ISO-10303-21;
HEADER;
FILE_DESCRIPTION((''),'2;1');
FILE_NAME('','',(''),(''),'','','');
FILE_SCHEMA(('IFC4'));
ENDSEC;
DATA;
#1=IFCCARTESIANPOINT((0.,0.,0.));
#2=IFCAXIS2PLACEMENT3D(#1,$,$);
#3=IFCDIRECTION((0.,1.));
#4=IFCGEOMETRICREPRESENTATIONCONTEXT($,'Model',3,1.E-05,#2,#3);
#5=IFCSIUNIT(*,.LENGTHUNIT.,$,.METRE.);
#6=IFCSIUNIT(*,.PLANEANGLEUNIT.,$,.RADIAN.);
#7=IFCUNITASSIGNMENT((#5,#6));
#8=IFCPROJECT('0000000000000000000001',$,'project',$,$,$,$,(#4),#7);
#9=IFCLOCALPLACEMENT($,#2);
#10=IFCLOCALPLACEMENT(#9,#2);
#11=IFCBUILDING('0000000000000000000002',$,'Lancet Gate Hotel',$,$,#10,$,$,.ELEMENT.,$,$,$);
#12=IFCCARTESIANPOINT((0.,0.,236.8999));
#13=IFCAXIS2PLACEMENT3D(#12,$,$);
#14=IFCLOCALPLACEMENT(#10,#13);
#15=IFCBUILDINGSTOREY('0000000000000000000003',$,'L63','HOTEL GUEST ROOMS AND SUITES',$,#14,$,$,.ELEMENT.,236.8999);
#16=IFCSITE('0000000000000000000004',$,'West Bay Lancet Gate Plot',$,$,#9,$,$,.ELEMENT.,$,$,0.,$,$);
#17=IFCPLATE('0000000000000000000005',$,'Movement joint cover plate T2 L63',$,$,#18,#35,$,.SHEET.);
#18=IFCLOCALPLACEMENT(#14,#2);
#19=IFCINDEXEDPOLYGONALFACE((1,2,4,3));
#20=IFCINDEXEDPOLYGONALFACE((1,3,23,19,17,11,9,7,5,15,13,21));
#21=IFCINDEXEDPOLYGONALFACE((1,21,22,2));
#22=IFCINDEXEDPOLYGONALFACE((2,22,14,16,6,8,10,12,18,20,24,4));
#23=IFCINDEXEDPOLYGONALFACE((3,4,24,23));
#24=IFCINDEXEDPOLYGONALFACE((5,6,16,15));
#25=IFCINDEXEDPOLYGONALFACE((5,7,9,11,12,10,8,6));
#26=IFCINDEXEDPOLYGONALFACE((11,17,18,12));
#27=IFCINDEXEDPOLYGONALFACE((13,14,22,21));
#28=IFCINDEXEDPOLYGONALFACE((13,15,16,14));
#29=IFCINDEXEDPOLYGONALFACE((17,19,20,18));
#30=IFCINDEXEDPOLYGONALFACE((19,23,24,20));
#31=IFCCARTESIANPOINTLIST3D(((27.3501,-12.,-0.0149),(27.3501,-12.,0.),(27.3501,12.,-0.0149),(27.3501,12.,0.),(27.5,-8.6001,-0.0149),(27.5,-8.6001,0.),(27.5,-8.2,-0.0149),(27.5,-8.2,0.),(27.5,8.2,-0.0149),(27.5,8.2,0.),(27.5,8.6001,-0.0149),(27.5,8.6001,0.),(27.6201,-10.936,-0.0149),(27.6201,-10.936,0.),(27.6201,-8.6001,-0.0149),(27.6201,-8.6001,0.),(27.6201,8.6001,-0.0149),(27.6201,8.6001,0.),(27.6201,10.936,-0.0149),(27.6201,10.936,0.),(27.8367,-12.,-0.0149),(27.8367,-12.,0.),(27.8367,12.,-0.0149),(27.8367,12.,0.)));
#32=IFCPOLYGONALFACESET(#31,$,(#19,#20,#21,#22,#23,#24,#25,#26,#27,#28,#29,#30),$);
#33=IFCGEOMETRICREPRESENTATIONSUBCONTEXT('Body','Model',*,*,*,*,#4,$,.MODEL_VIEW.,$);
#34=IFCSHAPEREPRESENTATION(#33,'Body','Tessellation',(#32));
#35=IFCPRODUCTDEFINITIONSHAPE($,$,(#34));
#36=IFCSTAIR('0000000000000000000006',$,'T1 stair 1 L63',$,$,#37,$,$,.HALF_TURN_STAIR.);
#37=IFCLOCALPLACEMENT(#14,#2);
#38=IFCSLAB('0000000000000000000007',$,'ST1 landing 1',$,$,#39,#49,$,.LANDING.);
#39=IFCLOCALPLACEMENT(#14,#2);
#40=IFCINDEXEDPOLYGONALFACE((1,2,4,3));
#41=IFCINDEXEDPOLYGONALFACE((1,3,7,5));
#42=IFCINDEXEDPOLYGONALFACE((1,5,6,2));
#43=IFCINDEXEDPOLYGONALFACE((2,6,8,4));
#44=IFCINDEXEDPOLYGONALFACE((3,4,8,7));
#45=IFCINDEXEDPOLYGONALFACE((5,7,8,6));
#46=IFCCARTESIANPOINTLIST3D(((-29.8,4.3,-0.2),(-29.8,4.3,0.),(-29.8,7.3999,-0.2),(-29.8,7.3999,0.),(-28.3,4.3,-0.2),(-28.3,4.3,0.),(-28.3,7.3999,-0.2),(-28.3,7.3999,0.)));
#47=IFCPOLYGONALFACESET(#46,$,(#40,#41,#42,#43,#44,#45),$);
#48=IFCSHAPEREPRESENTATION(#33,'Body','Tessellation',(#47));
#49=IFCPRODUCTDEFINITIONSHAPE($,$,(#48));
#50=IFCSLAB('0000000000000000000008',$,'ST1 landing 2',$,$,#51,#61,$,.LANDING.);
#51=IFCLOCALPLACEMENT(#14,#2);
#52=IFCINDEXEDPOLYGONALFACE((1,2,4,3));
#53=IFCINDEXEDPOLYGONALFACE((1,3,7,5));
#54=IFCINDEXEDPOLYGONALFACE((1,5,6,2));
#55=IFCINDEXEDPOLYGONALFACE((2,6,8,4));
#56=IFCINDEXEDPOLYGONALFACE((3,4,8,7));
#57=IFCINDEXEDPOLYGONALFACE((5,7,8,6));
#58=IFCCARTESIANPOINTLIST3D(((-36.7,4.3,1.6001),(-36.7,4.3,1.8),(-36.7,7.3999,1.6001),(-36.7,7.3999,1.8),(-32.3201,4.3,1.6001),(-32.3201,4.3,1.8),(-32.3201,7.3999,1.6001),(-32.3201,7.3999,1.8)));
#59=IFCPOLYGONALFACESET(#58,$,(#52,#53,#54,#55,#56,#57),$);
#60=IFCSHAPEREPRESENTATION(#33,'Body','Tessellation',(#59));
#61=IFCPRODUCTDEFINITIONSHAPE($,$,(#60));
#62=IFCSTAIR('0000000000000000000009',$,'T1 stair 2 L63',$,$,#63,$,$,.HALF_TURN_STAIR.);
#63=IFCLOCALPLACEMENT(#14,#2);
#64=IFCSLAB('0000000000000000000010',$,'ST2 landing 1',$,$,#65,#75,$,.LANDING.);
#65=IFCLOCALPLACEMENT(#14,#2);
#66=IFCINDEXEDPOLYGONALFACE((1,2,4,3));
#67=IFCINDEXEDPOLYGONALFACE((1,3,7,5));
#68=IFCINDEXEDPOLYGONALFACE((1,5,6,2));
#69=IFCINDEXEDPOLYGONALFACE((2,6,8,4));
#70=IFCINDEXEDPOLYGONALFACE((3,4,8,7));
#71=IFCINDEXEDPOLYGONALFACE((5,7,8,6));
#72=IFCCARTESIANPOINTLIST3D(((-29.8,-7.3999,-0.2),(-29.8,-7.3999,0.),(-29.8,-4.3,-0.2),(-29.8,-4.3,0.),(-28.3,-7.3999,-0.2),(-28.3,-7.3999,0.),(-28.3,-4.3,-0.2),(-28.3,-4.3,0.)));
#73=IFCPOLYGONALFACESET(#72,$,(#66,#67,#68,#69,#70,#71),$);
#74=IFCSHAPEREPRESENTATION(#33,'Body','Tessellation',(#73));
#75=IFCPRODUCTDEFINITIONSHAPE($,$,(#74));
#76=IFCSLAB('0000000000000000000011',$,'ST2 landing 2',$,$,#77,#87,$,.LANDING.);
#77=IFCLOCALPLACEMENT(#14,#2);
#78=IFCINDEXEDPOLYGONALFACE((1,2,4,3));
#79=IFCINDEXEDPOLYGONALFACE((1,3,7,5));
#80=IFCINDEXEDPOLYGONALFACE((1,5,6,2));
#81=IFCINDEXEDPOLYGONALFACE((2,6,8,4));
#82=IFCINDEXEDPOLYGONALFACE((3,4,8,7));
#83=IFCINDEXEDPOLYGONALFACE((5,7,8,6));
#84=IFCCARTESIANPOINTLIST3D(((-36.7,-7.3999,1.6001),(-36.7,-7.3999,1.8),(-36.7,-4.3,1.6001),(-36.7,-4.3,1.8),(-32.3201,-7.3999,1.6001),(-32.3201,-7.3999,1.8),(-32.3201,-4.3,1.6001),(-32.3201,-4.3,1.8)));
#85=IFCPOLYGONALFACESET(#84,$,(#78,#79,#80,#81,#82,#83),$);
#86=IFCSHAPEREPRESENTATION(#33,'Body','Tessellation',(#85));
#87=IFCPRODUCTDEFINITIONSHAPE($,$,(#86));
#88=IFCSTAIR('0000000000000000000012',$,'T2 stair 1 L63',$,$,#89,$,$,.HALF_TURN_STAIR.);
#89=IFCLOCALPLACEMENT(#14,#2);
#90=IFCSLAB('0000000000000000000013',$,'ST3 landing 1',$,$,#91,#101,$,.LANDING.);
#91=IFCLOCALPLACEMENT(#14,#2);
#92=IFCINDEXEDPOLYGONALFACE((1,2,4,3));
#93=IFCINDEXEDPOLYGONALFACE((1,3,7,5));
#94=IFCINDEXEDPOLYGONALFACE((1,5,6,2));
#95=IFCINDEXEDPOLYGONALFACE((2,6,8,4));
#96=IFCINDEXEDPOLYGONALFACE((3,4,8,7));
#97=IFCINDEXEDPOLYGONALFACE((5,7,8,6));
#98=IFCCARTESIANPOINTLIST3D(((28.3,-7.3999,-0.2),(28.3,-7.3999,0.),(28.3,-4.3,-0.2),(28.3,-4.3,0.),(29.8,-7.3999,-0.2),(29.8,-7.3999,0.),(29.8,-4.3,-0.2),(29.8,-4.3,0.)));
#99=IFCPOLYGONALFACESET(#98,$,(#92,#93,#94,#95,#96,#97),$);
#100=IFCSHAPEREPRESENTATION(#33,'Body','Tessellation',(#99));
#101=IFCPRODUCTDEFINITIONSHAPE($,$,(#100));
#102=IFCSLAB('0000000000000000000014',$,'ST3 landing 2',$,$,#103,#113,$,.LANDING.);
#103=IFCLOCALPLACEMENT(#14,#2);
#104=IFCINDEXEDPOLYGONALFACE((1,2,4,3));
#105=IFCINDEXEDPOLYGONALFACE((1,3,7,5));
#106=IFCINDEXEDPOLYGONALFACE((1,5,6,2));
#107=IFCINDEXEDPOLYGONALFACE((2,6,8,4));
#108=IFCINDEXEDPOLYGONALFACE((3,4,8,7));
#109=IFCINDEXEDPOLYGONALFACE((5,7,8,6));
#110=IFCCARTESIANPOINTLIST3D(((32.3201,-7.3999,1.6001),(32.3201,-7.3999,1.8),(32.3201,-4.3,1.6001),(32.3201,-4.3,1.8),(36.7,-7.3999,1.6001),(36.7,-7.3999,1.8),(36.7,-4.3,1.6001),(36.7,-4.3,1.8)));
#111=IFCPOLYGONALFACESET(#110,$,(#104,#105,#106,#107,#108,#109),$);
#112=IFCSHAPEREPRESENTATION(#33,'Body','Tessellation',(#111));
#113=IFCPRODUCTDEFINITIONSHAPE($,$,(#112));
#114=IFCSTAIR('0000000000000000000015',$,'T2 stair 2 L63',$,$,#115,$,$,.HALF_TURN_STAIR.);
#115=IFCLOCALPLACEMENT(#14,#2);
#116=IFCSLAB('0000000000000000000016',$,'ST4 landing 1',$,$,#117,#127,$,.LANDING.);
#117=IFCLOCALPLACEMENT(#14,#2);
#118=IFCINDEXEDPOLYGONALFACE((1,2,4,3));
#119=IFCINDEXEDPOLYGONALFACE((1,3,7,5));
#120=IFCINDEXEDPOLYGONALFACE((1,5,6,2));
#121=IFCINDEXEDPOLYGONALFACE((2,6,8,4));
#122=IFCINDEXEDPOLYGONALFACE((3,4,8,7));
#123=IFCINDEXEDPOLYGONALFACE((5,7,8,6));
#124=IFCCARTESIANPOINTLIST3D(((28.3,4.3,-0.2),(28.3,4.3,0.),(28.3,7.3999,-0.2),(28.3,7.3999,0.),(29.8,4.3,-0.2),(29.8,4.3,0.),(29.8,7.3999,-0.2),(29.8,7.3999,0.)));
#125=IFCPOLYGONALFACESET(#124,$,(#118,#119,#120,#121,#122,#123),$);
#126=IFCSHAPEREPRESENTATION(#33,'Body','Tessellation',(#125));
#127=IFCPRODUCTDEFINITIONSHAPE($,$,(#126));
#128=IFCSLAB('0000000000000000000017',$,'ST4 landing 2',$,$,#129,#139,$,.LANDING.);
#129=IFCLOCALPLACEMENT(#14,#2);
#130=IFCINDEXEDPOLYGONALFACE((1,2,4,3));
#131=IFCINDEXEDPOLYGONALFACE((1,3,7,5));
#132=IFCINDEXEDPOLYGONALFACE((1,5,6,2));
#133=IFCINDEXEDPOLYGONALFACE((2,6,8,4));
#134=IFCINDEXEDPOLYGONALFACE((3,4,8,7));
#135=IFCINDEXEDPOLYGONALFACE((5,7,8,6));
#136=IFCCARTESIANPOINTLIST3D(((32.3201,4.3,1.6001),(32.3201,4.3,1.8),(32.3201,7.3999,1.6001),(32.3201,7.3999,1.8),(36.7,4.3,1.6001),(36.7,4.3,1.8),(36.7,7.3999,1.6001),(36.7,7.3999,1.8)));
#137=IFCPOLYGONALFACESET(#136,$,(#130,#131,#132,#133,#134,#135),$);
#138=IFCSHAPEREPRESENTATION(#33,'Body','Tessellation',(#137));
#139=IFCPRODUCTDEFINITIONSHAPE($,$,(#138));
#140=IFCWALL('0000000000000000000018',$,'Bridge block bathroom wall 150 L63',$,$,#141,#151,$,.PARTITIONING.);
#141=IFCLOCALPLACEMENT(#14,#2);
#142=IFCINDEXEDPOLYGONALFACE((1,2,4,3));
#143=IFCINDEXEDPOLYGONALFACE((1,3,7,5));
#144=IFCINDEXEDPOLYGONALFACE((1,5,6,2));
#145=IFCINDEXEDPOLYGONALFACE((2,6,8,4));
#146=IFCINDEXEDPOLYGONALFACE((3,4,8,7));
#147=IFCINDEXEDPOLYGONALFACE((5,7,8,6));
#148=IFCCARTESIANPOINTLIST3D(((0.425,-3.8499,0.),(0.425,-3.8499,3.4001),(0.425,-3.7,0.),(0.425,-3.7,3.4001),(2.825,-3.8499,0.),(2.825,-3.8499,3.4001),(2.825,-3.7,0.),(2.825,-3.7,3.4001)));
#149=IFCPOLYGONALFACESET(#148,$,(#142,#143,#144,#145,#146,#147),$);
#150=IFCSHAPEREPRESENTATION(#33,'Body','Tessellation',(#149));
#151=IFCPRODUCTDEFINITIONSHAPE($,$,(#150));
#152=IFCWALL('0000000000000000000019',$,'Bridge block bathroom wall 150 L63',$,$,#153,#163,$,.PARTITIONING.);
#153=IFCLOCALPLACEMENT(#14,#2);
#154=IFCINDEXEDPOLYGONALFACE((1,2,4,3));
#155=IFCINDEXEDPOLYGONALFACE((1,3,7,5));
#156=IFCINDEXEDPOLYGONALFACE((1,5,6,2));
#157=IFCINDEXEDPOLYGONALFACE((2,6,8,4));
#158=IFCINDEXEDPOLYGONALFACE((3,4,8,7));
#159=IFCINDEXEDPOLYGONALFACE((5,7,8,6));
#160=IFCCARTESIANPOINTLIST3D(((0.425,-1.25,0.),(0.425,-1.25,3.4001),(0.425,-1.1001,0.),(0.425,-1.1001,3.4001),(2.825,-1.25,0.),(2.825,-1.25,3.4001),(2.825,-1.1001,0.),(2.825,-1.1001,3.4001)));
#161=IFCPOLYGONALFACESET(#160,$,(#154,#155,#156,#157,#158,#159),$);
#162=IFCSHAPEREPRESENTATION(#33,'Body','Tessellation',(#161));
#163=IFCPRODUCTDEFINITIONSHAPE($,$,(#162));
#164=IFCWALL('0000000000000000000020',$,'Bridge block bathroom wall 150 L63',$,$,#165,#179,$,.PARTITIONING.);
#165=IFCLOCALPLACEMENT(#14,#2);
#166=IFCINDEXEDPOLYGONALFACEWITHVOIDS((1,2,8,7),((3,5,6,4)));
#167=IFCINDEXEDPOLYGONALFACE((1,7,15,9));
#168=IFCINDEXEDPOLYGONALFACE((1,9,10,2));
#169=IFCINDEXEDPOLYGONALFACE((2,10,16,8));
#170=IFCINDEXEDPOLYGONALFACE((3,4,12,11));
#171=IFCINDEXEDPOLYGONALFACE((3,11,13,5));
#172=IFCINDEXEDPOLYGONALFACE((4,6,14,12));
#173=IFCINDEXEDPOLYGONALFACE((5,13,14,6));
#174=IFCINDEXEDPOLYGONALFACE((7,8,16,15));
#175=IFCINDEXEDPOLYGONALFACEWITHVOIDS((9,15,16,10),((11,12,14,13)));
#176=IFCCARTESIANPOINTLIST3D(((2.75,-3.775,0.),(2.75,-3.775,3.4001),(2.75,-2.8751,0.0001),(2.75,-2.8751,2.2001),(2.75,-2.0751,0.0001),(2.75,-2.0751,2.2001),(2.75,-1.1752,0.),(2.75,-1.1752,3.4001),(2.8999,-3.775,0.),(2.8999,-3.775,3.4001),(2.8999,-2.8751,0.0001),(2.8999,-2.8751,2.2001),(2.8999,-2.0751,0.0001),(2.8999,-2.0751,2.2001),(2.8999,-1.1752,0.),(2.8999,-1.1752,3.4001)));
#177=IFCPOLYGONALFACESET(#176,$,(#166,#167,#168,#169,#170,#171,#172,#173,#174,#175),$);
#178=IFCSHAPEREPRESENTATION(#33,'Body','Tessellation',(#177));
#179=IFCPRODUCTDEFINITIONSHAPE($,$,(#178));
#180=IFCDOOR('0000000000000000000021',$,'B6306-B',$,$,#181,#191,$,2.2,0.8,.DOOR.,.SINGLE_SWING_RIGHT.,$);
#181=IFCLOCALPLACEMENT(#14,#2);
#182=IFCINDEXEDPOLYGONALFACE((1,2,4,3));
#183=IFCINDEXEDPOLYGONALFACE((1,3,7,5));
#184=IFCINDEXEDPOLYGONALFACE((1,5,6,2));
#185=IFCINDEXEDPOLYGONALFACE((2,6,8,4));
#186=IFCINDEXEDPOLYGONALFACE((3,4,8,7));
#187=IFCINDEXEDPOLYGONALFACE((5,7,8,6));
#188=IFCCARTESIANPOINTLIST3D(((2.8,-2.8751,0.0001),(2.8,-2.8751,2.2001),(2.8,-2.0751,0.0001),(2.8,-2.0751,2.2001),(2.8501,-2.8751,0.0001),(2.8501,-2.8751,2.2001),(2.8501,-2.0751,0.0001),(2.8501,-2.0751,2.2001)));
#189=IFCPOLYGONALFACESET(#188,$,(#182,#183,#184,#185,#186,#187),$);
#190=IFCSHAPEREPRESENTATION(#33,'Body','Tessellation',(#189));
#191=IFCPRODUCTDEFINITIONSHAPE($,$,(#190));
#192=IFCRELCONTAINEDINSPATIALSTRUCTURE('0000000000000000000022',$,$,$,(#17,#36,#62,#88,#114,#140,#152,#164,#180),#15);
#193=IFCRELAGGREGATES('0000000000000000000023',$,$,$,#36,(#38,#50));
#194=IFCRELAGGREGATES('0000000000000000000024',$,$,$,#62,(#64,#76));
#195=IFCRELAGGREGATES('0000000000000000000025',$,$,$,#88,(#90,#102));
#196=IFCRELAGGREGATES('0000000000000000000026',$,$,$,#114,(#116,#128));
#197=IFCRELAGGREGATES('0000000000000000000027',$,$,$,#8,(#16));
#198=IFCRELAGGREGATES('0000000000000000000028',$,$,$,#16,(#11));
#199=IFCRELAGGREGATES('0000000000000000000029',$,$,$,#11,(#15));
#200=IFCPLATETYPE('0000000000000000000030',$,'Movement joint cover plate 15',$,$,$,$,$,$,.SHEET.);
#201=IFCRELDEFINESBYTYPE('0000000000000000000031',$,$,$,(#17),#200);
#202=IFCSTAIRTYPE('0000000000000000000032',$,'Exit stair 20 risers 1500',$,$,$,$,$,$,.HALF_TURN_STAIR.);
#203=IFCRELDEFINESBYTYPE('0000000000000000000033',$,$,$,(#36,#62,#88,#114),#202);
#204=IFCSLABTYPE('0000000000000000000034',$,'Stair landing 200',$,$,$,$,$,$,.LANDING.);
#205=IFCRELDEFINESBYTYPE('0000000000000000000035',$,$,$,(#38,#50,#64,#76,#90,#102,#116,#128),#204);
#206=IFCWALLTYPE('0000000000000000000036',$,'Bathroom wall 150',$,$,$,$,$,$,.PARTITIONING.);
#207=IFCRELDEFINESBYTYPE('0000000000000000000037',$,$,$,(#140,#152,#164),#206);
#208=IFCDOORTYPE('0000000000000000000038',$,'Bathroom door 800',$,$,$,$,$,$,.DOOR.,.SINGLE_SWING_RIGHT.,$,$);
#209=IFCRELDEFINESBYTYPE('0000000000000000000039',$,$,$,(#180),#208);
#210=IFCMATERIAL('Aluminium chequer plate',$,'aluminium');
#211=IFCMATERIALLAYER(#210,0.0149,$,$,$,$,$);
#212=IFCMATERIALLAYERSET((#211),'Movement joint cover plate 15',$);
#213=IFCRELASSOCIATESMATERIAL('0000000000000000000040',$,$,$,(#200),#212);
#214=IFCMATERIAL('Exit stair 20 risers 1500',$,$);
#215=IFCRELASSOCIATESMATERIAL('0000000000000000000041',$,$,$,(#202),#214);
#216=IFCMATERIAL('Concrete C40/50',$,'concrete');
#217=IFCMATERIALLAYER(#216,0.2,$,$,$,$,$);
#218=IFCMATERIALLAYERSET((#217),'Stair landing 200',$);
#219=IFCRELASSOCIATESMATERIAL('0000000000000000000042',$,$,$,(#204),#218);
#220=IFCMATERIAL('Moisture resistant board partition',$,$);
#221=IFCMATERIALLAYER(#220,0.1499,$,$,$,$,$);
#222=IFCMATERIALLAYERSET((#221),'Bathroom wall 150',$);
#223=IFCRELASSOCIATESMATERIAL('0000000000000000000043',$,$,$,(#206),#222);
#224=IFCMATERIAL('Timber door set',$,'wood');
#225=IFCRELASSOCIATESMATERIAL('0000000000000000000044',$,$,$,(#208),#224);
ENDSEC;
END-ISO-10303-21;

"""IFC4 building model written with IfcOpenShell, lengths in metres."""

from ifc_helpers import new_model, si_unit, direction, frame, frame_2d, origin, place, context, subcontext, project, spatial, polyline, rectangle, outline, extrude, material, layer, layer_set, type_object, element, fill, aggregate, save


model = new_model("IFC4")

# Units and contexts
model_context = context("Model", 3, precision=1e-05, world=origin(), true_north=direction((0.0, 1.0)))
body_context = subcontext(model_context, "Body", "Model", "MODEL_VIEW")
ifc_project = project(units=[si_unit("LENGTHUNIT", "METRE"), si_unit("PLANEANGLEUNIT", "RADIAN")], contexts=[model_context])

# Site, building, storey
site_placement = place(None, origin())
site = spatial("IfcSite", under=ifc_project, at=site_placement, Name="West Bay Lancet Gate Plot", CompositionType="ELEMENT", RefElevation=0.0)
building_placement = place(site_placement, origin())
building = spatial("IfcBuilding", under=site, at=building_placement, Name="Lancet Gate Hotel", CompositionType="ELEMENT")
storey_placement = place(building_placement, frame((0.0, 0.0, 236.8999)))
storey = spatial("IfcBuildingStorey", under=building, at=storey_placement, Name="L63", Description="HOTEL GUEST ROOMS AND SUITES", CompositionType="ELEMENT", Elevation=236.8999)

# Plate
ifc_material_1 = material(Name="Aluminium chequer plate", Category="aluminium")
ifc_layer_1 = layer(ifc_material_1, 0.0149)
ifc_layer_set_1 = layer_set([ifc_layer_1], Name="Movement joint cover plate 15")
plate_type_1 = type_object("IfcPlateType", Name="Movement joint cover plate 15", PredefinedType="SHEET", material=ifc_layer_set_1)
plate_1_placement = place(storey_placement, frame((0.0, 0.0, -0.0149)))
element("IfcPlate", 1, at=plate_1_placement, inside=storey, type_object=plate_type_1, Name="Movement joint cover plate T2 L63", PredefinedType="SHEET", context=body_context, shape_type="SweptSolid", body=[
    extrude(outline(polyline([(27.3501, -12.0), (27.8367, -12.0), (27.6201, -10.936), (27.6201, -8.6001), (27.5, -8.6001), (27.5, -8.2), (27.5, 8.2), (27.5, 8.6001), (27.6201, 8.6001), (27.6201, 10.936), (27.8367, 12.0), (27.3501, 12.0), (27.3501, -12.0)])), origin(), (0.0, 0.0, 1.0), 0.0149),
])

# Stairs, slabs
ifc_material_2 = material(Name="Exit stair 20 risers 1500")
stair_type = type_object("IfcStairType", Name="Exit stair 20 risers 1500", PredefinedType="HALF_TURN_STAIR", material=ifc_material_2)
stair_1_placement = place(storey_placement, origin())
stair_1 = element("IfcStair", 2, at=stair_1_placement, inside=storey, type_object=stair_type, Name="T1 stair 1 L63", PredefinedType="HALF_TURN_STAIR")
ifc_material_3 = material(Name="Concrete C40/50", Category="concrete")
ifc_layer_2 = layer(ifc_material_3, 0.2)
ifc_layer_set_2 = layer_set([ifc_layer_2], Name="Stair landing 200")
slab_type = type_object("IfcSlabType", Name="Stair landing 200", PredefinedType="LANDING", material=ifc_layer_set_2)
slab_1_placement = place(storey_placement, frame((0.0, 0.0, -0.2)))
slab_1 = element("IfcSlab", 3, at=slab_1_placement, type_object=slab_type, Name="ST1 landing 1", PredefinedType="LANDING", context=body_context, shape_type="SweptSolid", body=[
    extrude(outline(polyline([(-28.3, 7.3999), (-29.8, 7.3999), (-29.8, 4.3), (-28.3, 4.3), (-28.3, 7.3999)])), origin(), (0.0, 0.0, 1.0), 0.2),
])
slab_2_placement = place(storey_placement, frame((0.0, 0.0, 1.6001)))
slab_2 = element("IfcSlab", 4, at=slab_2_placement, type_object=slab_type, Name="ST1 landing 2", PredefinedType="LANDING", context=body_context, shape_type="SweptSolid", body=[
    extrude(outline(polyline([(-32.3201, 7.3999), (-36.7, 7.3999), (-36.7, 4.3), (-32.3201, 4.3), (-32.3201, 7.3999)])), origin(), (0.0, 0.0, 1.0), 0.2),
])
aggregate(stair_1, [slab_1, slab_2])
stair_2_placement = place(storey_placement, origin())
stair_2 = element("IfcStair", 5, at=stair_2_placement, inside=storey, type_object=stair_type, Name="T1 stair 2 L63", PredefinedType="HALF_TURN_STAIR")
slab_3_placement = place(storey_placement, frame((0.0, 0.0, -0.2)))
slab_3 = element("IfcSlab", 6, at=slab_3_placement, type_object=slab_type, Name="ST2 landing 1", PredefinedType="LANDING", context=body_context, shape_type="SweptSolid", body=[
    extrude(outline(polyline([(-28.3, -4.3), (-29.8, -4.3), (-29.8, -7.3999), (-28.3, -7.3999), (-28.3, -4.3)])), origin(), (0.0, 0.0, 1.0), 0.2),
])
slab_4_placement = place(storey_placement, frame((0.0, 0.0, 1.6001)))
slab_4 = element("IfcSlab", 7, at=slab_4_placement, type_object=slab_type, Name="ST2 landing 2", PredefinedType="LANDING", context=body_context, shape_type="SweptSolid", body=[
    extrude(outline(polyline([(-32.3201, -4.3), (-36.7, -4.3), (-36.7, -7.3999), (-32.3201, -7.3999), (-32.3201, -4.3)])), origin(), (0.0, 0.0, 1.0), 0.2),
])
aggregate(stair_2, [slab_3, slab_4])
stair_3_placement = place(storey_placement, origin())
stair_3 = element("IfcStair", 8, at=stair_3_placement, inside=storey, type_object=stair_type, Name="T2 stair 1 L63", PredefinedType="HALF_TURN_STAIR")
slab_5_placement = place(storey_placement, frame((0.0, 0.0, -0.2)))
slab_5 = element("IfcSlab", 9, at=slab_5_placement, type_object=slab_type, Name="ST3 landing 1", PredefinedType="LANDING", context=body_context, shape_type="SweptSolid", body=[
    extrude(outline(polyline([(28.3, -7.3999), (29.8, -7.3999), (29.8, -4.3), (28.3, -4.3), (28.3, -7.3999)])), origin(), (0.0, 0.0, 1.0), 0.2),
])
slab_6_placement = place(storey_placement, frame((0.0, 0.0, 1.6001)))
slab_6 = element("IfcSlab", 10, at=slab_6_placement, type_object=slab_type, Name="ST3 landing 2", PredefinedType="LANDING", context=body_context, shape_type="SweptSolid", body=[
    extrude(outline(polyline([(32.3201, -7.3999), (36.7, -7.3999), (36.7, -4.3), (32.3201, -4.3), (32.3201, -7.3999)])), origin(), (0.0, 0.0, 1.0), 0.2),
])
aggregate(stair_3, [slab_5, slab_6])
stair_4_placement = place(storey_placement, origin())
stair_4 = element("IfcStair", 11, at=stair_4_placement, inside=storey, type_object=stair_type, Name="T2 stair 2 L63", PredefinedType="HALF_TURN_STAIR")
slab_7_placement = place(storey_placement, frame((0.0, 0.0, -0.2)))
slab_7 = element("IfcSlab", 12, at=slab_7_placement, type_object=slab_type, Name="ST4 landing 1", PredefinedType="LANDING", context=body_context, shape_type="SweptSolid", body=[
    extrude(outline(polyline([(28.3, 4.3), (29.8, 4.3), (29.8, 7.3999), (28.3, 7.3999), (28.3, 4.3)])), origin(), (0.0, 0.0, 1.0), 0.2),
])
slab_8_placement = place(storey_placement, frame((0.0, 0.0, 1.6001)))
slab_8 = element("IfcSlab", 13, at=slab_8_placement, type_object=slab_type, Name="ST4 landing 2", PredefinedType="LANDING", context=body_context, shape_type="SweptSolid", body=[
    extrude(outline(polyline([(32.3201, 4.3), (36.7, 4.3), (36.7, 7.3999), (32.3201, 7.3999), (32.3201, 4.3)])), origin(), (0.0, 0.0, 1.0), 0.2),
])
aggregate(stair_4, [slab_7, slab_8])

# Walls
ifc_material_4 = material(Name="Moisture resistant board partition")
ifc_layer_3 = layer(ifc_material_4, 0.1499)
ifc_layer_set_3 = layer_set([ifc_layer_3], Name="Bathroom wall 150")
wall_type_1 = type_object("IfcWallType", Name="Bathroom wall 150", PredefinedType="PARTITIONING", material=ifc_layer_set_3)
for number, where, z_axis, x_axis, name in (
    (14, (0.425, -3.7749, 0.0), (0.0, 0.0, 1.0), (1.0, 0.0, 0.0), "Bridge block bathroom wall 150 L63"),
    (15, (0.425, -1.175, 0.0), (0.0, 0.0, 1.0), (1.0, 0.0, 0.0), "Bridge block bathroom wall 150 L63"),
):
    element("IfcWall", number, at=place(storey_placement, frame(where, z_axis=z_axis, x_axis=x_axis)), inside=storey, type_object=wall_type_1, Name=name, PredefinedType="PARTITIONING", context=body_context, shape_type="SweptSolid", body=[
        extrude(rectangle(XDim=2.3999, YDim=0.1499, at=frame_2d((1.2, 0.0))), origin(), (0.0, 0.0, 1.0), 3.4001),
    ])

# Wall, opening, door
wall_1_placement = place(storey_placement, frame((2.825, -3.7749, 0.0), z_axis=(0.0, 0.0, 1.0), x_axis=(0.0, 1.0, 0.0)))
wall_1 = element("IfcWall", 16, at=wall_1_placement, inside=storey, type_object=wall_type_1, Name="Bridge block bathroom wall 150 L63", PredefinedType="PARTITIONING", context=body_context, shape_type="SweptSolid", body=[
    extrude(rectangle(XDim=2.5999, YDim=0.1499, at=frame_2d((1.2998, 0.0))), origin(), (0.0, 0.0, 1.0), 3.4001),
])
opening_placement = place(wall_1_placement, frame((0.8999, 0.0, 0.0)))
opening = element("IfcOpeningElement", 17, at=opening_placement, cuts=wall_1, PredefinedType="OPENING", context=body_context, shape_type="SweptSolid", body=[
    extrude(rectangle(XDim=0.8, YDim=2.2, at=frame_2d((0.3999, 1.1001))), frame((0.0, 0.085, 0.0), z_axis=(0.0, -1.0, 0.0), x_axis=(1.0, 0.0, 0.0)), (0.0, 0.0, 1.0), 0.1699),
])
ifc_material_5 = material(Name="Timber door set", Category="wood")
door_type = type_object("IfcDoorType", Name="Bathroom door 800", OperationType="SINGLE_SWING_RIGHT", PredefinedType="DOOR", material=ifc_material_5)
door_placement = place(opening_placement, origin())
door = element("IfcDoor", 18, at=door_placement, inside=storey, type_object=door_type, Name="B6306-B", OperationType="SINGLE_SWING_RIGHT", OverallHeight=2.2, OverallWidth=0.8, PredefinedType="DOOR", context=body_context, shape_type="SweptSolid", body=[
    extrude(rectangle(XDim=0.8, YDim=2.2, at=frame_2d((0.3999, 1.1001))), frame((0.0, 0.0249, 0.0), z_axis=(0.0, -1.0, 0.0), x_axis=(1.0, 0.0, 0.0)), (0.0, 0.0, 1.0), 0.05),
])
fill(opening, door)

save(model, "model.ifc")
